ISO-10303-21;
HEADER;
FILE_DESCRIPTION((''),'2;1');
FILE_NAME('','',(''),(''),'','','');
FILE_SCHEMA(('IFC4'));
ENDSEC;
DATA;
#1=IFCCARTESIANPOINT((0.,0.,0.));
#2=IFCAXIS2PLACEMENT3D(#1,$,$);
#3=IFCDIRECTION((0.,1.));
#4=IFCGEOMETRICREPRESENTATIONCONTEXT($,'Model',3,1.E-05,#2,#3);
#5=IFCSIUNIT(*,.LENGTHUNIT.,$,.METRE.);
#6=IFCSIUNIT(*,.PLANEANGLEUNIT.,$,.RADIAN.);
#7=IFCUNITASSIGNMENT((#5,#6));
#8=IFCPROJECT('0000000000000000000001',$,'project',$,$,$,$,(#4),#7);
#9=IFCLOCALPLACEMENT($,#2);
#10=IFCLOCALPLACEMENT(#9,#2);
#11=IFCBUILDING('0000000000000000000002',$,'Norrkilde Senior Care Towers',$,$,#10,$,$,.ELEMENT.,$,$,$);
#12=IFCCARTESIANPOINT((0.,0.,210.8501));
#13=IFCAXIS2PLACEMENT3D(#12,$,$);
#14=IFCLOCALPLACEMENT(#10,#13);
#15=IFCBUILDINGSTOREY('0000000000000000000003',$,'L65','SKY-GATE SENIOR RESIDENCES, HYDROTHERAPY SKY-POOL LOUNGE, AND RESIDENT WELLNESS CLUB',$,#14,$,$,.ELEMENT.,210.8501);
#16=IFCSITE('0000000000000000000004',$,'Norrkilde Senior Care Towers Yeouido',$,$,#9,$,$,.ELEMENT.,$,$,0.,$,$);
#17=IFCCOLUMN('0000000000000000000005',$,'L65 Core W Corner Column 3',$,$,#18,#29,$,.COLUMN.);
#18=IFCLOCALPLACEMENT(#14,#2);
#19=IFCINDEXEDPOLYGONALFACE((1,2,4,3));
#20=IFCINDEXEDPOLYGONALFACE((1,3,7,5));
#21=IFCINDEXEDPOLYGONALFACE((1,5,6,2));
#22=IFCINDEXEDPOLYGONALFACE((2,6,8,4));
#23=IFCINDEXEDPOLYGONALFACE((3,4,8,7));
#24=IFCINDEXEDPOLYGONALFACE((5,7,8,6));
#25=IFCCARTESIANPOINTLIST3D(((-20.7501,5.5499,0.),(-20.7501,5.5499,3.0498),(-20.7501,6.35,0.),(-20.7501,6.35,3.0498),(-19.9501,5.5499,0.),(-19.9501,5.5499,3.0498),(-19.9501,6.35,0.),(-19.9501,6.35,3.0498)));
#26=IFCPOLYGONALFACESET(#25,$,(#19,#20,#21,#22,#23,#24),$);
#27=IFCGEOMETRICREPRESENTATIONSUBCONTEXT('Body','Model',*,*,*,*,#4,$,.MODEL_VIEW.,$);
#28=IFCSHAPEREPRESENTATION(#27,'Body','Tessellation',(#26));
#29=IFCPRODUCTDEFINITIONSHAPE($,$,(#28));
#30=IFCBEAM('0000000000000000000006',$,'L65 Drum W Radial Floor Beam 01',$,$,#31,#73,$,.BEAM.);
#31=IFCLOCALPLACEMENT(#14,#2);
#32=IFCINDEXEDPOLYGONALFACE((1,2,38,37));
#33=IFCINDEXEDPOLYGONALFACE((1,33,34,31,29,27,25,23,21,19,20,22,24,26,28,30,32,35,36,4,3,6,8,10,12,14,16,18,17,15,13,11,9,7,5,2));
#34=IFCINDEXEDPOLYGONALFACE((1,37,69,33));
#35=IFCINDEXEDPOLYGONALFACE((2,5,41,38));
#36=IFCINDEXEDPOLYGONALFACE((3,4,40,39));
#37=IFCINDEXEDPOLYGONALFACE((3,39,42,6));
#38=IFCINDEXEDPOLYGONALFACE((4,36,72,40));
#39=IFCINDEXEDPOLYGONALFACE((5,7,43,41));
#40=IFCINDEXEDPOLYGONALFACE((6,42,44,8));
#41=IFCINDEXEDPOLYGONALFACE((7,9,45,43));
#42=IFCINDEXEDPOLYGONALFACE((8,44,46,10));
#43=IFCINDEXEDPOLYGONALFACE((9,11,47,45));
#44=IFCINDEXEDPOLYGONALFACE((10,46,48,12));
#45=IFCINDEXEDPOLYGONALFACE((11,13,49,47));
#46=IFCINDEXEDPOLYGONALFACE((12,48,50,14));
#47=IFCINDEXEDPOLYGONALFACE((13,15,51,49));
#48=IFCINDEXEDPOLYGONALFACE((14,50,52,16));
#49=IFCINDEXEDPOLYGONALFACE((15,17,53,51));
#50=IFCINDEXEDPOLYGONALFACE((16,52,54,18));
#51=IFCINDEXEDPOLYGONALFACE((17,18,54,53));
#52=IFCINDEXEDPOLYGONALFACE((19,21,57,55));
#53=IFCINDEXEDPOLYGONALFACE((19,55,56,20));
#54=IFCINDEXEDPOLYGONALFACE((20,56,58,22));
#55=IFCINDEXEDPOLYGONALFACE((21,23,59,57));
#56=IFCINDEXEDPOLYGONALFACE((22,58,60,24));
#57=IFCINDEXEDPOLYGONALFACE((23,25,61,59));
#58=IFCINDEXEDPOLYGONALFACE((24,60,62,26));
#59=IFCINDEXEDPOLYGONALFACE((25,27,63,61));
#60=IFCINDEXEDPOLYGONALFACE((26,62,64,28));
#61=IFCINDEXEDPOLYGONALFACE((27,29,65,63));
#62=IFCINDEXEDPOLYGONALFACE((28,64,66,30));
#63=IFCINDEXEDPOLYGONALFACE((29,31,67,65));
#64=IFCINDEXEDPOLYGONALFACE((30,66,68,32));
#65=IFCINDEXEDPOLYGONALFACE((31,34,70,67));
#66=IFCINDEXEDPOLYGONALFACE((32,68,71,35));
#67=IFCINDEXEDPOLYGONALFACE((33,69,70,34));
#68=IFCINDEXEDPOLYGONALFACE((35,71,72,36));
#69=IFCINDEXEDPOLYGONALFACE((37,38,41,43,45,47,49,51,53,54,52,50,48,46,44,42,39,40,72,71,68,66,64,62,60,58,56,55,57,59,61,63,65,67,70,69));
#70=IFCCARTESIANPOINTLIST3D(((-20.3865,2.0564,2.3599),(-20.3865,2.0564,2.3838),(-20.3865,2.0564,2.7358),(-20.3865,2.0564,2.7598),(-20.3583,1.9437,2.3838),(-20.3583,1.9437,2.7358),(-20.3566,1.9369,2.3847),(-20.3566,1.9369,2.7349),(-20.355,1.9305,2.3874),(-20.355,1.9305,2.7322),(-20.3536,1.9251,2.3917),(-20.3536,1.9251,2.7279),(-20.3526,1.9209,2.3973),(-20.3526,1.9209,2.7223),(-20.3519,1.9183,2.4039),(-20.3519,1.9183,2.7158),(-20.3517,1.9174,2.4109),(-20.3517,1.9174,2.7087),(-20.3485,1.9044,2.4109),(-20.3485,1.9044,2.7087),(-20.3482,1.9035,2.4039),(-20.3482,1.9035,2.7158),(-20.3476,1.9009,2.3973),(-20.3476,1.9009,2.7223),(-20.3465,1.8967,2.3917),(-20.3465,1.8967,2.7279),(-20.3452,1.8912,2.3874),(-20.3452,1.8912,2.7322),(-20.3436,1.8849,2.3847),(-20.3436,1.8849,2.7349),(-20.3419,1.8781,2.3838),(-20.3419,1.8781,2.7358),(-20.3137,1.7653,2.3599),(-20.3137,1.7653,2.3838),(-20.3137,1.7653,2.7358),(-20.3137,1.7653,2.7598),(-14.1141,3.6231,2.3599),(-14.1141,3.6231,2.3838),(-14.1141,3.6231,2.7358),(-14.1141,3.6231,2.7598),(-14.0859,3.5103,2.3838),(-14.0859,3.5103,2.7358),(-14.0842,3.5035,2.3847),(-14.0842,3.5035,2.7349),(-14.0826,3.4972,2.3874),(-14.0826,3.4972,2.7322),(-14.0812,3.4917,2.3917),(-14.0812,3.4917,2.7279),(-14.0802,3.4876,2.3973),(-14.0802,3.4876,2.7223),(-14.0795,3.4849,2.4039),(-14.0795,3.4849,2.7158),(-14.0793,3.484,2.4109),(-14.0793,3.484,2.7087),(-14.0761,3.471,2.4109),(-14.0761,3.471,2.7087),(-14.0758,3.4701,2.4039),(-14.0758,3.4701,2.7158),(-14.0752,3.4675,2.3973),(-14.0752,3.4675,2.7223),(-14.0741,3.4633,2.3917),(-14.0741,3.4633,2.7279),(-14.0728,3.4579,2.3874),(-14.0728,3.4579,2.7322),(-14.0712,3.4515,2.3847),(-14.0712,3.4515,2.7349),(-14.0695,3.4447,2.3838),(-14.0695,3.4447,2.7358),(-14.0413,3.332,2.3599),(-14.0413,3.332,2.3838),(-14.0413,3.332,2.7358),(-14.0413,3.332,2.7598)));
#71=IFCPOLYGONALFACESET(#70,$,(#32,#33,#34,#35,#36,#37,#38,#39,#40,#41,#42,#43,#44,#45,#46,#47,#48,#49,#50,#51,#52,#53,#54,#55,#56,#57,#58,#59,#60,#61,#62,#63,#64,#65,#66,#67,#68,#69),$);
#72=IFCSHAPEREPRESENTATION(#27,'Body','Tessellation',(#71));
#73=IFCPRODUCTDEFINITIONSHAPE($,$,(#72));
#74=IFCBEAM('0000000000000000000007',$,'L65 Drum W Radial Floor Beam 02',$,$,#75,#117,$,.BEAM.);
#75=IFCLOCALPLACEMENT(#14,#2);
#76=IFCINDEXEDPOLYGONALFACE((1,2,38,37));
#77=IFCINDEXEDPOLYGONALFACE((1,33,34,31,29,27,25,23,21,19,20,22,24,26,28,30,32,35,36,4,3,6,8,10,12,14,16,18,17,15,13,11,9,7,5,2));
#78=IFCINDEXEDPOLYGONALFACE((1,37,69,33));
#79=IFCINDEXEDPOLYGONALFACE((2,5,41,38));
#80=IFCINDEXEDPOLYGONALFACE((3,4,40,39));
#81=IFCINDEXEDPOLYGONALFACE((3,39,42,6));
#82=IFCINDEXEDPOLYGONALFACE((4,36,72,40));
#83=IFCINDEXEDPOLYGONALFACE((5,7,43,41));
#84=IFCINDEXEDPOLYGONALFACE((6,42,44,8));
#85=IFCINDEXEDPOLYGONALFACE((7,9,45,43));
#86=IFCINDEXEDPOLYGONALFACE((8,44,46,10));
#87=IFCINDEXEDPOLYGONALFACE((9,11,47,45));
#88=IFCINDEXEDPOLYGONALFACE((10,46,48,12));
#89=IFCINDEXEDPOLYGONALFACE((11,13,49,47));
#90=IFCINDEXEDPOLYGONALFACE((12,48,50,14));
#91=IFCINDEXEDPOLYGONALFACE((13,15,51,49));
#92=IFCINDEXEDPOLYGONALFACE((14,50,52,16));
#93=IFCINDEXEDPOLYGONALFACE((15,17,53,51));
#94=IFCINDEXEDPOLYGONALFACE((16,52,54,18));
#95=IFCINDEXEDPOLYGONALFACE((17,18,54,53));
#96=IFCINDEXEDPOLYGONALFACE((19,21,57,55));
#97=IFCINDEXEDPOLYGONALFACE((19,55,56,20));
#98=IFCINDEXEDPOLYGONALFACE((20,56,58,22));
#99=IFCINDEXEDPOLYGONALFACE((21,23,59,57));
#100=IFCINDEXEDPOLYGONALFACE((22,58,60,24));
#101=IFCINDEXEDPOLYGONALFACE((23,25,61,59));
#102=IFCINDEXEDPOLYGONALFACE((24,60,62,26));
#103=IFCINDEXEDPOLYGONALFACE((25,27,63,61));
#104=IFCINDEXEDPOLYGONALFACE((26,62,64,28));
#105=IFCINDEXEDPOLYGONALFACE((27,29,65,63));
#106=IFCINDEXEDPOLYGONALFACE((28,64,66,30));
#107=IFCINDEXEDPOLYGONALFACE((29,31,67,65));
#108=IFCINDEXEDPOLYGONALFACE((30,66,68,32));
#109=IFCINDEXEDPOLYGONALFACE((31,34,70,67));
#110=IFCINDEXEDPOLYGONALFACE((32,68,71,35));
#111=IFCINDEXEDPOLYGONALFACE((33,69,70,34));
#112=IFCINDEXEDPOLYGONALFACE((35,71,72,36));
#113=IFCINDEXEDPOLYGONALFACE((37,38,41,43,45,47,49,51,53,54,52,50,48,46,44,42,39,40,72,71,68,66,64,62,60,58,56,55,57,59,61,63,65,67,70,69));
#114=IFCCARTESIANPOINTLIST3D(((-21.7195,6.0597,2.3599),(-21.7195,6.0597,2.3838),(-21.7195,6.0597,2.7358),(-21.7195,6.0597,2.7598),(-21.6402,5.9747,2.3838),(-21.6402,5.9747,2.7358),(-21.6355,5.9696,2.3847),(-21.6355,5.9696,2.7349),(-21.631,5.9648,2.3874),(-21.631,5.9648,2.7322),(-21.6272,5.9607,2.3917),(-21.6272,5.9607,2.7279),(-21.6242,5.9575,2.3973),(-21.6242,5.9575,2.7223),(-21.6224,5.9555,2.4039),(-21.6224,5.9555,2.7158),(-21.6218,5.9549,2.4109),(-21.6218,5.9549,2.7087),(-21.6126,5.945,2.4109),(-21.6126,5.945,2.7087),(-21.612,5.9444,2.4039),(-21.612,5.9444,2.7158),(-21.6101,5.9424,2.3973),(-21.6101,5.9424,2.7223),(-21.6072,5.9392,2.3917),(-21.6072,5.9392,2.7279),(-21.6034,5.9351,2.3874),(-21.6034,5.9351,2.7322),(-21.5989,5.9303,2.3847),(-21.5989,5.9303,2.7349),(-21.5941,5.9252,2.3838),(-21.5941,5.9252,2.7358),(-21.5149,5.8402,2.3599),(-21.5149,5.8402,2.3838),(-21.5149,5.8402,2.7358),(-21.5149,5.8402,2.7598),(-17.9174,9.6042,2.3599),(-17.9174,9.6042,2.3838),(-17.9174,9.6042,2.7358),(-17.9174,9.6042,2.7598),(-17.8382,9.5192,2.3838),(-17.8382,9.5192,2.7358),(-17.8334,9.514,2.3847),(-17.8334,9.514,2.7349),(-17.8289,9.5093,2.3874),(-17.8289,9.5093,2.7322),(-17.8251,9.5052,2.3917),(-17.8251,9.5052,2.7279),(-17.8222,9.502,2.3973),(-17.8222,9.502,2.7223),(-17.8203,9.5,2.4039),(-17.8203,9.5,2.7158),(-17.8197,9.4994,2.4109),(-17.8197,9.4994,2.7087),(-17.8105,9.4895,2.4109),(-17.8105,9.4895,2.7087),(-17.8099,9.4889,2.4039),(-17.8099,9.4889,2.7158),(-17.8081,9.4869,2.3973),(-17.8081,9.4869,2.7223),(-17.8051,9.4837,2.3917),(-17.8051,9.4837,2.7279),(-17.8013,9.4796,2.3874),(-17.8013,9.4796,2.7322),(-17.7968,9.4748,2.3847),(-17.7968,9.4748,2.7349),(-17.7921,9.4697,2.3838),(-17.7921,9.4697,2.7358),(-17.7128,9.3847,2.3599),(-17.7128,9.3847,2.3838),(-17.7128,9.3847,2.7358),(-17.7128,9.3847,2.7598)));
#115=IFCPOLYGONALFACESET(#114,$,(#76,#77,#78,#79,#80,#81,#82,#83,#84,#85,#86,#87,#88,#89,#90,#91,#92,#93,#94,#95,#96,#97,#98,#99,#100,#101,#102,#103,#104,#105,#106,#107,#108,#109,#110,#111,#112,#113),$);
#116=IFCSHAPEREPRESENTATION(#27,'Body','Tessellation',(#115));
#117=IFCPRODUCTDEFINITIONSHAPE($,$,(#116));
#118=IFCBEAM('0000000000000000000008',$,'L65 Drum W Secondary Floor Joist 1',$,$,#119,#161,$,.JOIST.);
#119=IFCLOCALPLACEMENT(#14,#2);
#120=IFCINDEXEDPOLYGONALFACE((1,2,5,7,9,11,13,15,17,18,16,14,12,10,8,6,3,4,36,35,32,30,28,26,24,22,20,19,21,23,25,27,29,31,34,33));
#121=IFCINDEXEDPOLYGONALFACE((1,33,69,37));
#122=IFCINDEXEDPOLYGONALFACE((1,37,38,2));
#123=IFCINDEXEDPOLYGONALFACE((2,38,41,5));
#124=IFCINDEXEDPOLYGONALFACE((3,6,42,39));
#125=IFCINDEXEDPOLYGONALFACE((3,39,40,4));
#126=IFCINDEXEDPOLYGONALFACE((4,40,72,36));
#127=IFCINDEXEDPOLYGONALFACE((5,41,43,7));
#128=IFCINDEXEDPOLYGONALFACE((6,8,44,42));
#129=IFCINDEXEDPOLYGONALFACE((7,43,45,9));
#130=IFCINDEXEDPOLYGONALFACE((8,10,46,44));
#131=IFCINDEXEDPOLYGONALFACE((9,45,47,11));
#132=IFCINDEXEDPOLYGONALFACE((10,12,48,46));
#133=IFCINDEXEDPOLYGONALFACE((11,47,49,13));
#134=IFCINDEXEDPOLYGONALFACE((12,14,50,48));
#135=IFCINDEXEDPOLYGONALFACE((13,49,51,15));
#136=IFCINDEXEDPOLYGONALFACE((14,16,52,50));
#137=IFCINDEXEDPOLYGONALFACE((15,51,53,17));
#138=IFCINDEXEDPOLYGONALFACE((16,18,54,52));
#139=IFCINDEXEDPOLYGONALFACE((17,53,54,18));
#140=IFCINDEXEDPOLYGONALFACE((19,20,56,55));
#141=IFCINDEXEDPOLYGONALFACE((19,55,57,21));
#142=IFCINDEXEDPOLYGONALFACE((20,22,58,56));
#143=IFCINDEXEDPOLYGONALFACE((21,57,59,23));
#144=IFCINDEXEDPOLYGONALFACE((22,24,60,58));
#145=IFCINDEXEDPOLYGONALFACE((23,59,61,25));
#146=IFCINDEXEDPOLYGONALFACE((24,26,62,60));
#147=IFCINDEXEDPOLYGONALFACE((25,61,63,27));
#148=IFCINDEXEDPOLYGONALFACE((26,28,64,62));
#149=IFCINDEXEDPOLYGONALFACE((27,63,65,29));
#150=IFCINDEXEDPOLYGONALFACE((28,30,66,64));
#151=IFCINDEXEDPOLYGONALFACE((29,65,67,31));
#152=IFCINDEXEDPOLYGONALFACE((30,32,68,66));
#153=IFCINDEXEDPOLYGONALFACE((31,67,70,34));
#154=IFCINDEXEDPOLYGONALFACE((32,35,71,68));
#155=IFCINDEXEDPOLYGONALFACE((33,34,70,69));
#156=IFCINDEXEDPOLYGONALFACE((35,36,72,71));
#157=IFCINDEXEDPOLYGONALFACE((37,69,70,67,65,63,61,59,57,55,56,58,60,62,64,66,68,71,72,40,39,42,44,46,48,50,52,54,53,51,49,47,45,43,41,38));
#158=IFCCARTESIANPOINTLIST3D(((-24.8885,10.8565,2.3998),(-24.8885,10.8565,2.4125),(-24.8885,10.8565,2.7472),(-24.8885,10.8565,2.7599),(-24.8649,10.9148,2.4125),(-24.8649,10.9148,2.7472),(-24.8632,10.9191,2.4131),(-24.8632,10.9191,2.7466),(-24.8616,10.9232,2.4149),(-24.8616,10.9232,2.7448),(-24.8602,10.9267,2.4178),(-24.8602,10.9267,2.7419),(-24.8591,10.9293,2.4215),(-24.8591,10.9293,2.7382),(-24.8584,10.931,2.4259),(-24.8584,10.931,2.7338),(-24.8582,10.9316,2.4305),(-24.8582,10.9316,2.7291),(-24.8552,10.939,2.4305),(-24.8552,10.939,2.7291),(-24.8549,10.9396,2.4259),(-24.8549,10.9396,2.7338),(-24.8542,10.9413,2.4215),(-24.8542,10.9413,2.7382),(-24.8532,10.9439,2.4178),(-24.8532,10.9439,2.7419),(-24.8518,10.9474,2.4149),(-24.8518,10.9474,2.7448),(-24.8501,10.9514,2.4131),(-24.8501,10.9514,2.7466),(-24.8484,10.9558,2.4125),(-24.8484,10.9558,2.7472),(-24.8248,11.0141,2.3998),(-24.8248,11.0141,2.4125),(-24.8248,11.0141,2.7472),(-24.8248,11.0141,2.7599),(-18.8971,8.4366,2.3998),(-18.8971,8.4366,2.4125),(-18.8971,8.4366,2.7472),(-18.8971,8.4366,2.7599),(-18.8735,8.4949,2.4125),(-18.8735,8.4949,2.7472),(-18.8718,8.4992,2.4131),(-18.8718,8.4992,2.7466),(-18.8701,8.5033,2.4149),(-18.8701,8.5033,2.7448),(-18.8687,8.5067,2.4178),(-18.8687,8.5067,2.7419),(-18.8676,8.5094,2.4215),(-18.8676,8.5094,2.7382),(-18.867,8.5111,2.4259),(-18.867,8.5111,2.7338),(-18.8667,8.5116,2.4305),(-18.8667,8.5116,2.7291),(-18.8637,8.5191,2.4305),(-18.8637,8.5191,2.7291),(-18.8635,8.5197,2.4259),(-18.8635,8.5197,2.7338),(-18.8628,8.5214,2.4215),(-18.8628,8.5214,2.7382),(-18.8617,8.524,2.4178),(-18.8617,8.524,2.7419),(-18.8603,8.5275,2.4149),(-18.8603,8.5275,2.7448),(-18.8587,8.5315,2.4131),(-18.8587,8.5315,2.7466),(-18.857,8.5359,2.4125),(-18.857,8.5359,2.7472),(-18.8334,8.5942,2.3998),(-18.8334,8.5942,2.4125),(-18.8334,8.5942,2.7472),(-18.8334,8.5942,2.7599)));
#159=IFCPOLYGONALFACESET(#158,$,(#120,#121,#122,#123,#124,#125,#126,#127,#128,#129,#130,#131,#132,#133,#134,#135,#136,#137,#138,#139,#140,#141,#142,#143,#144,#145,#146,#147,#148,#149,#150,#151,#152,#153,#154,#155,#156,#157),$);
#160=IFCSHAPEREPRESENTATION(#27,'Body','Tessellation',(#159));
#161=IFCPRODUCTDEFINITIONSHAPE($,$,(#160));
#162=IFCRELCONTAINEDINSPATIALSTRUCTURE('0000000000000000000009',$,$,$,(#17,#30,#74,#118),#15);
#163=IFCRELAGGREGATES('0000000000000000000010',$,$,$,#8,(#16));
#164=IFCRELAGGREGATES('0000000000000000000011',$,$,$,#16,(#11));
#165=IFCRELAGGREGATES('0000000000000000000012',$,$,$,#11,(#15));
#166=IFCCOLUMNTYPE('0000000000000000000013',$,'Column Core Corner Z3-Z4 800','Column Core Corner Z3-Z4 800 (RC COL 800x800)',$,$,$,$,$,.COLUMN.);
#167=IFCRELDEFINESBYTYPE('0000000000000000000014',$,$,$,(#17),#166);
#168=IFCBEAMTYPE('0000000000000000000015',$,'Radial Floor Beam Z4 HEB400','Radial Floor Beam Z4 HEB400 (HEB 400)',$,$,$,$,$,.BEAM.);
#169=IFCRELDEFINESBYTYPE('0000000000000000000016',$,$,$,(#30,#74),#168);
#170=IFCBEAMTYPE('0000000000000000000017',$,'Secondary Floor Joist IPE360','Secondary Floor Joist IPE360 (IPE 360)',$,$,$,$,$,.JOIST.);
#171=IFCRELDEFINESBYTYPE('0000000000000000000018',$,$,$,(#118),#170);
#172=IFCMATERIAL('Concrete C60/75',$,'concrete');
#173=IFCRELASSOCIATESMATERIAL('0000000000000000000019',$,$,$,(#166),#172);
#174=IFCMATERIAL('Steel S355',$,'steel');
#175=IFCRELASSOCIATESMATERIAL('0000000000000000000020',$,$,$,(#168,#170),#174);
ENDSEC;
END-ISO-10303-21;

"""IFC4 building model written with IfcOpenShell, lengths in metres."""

from ifc_helpers import new_model, si_unit, direction, frame, origin, origin_2d, place, context, subcontext, project, spatial, rectangle, i_section, extrude, source, transform, mapped, material, material_profile, profile_set, type_object, type_shapes, element, save


model = new_model("IFC4")

# Units and contexts
model_context = context("Model", 3, precision=1e-05, world=origin(), true_north=direction((0.0, 1.0)))
body_context = subcontext(model_context, "Body", "Model", "MODEL_VIEW")
ifc_project = project(units=[si_unit("LENGTHUNIT", "METRE"), si_unit("PLANEANGLEUNIT", "RADIAN")], contexts=[model_context])

# Site, building, storey
site_placement = place(None, origin())
site = spatial("IfcSite", under=ifc_project, at=site_placement, Name="Norrkilde Senior Care Towers Yeouido", CompositionType="ELEMENT", RefElevation=0.0)
building_placement = place(site_placement, origin())
building = spatial("IfcBuilding", under=site, at=building_placement, Name="Norrkilde Senior Care Towers", CompositionType="ELEMENT")
storey_placement = place(building_placement, frame((0.0, 0.0, 210.8501)))
storey = spatial("IfcBuildingStorey", under=building, at=storey_placement, Name="L65", Description="SKY-GATE SENIOR RESIDENCES, HYDROTHERAPY SKY-POOL LOUNGE, AND RESIDENT WELLNESS CLUB", CompositionType="ELEMENT", Elevation=210.8501)

# Column
ifc_material_1 = material(Name="Concrete C60/75", Category="concrete")
ifc_material_profile_1 = material_profile(ifc_material_1, rectangle(XDim=0.8, YDim=0.8, at=origin_2d()), Name="RC COL 800x800")
ifc_profile_set_1 = profile_set([ifc_material_profile_1], Name="Concrete C60/75")
column_type = type_object("IfcColumnType", Name="Column Core Corner Z3-Z4 800", Description="Column Core Corner Z3-Z4 800 (RC COL 800x800)", PredefinedType="COLUMN", material=ifc_profile_set_1)
shared_shape_1 = source(origin(), body_context, "Body", "SweptSolid", [
    extrude(rectangle(XDim=0.8, YDim=0.8, at=origin_2d()), origin(), (0.0, 0.0, 1.0), 3.0498),
])
type_shapes(column_type, [shared_shape_1])
column_placement = place(storey_placement, frame((-20.3501, 5.95, 0.0), z_axis=(0.0, 0.0, 1.0), x_axis=(1.0, 0.0, 0.0)))
element("IfcColumn", 1, at=column_placement, inside=storey, type_object=column_type, Name="L65 Core W Corner Column 3", PredefinedType="COLUMN", context=body_context, shape_type="MappedRepresentation", body=[
    mapped(shared_shape_1, transform((0.0, 0.0, 0.0), x_axis=(1.0, 0.0, 0.0), y_axis=(0.0, 1.0, 0.0), z_axis=(0.0, 0.0, 1.0), scale=1.0)),
])

# Beams
ifc_material_2 = material(Name="Steel S355", Category="steel")
ifc_material_profile_2 = material_profile(ifc_material_2, i_section(OverallWidth=0.3, OverallDepth=0.3999, WebThickness=0.0134, FlangeThickness=0.0239, FilletRadius=0.0271, at=origin_2d()), Name="HEB 400")
ifc_profile_set_2 = profile_set([ifc_material_profile_2], Name="Steel S355")
beam_type_1 = type_object("IfcBeamType", Name="Radial Floor Beam Z4 HEB400", Description="Radial Floor Beam Z4 HEB400 (HEB 400)", PredefinedType="BEAM", material=ifc_profile_set_2)
shared_shape_2 = source(origin(), body_context, "Body", "SweptSolid", [
    extrude(i_section(OverallWidth=0.3, OverallDepth=0.3999, WebThickness=0.0134, FlangeThickness=0.0239, FilletRadius=0.0271, at=origin_2d()), origin(), (0.0, 0.0, 1.0), 6.4651),
])
beam_1_placement = place(storey_placement, frame((-20.3501, 1.9109, 2.5598), z_axis=(0.970196, 0.242322, 0.0), x_axis=(-0.242322, 0.970196, 0.0)))
element("IfcBeam", 2, at=beam_1_placement, inside=storey, type_object=beam_type_1, Name="L65 Drum W Radial Floor Beam 01", PredefinedType="BEAM", context=body_context, shape_type="MappedRepresentation", body=[
    mapped(shared_shape_2, transform((0.0, 0.0, 0.0), x_axis=(1.0, 0.0, 0.0), y_axis=(0.0, 1.0, 0.0), z_axis=(0.0, 0.0, 1.0), scale=1.0)),
])
shared_shape_3 = source(origin(), body_context, "Body", "SweptSolid", [
    extrude(i_section(OverallWidth=0.3, OverallDepth=0.3999, WebThickness=0.0134, FlangeThickness=0.0239, FilletRadius=0.0271, at=origin_2d()), origin(), (0.0, 0.0, 1.0), 5.198),
])
beam_2_placement = place(storey_placement, frame((-21.6172, 5.95, 2.5598), z_axis=(0.731449, 0.681896, 0.0), x_axis=(-0.681896, 0.731449, 0.0)))
element("IfcBeam", 3, at=beam_2_placement, inside=storey, type_object=beam_type_1, Name="L65 Drum W Radial Floor Beam 02", PredefinedType="BEAM", context=body_context, shape_type="MappedRepresentation", body=[
    mapped(shared_shape_3, transform((0.0, 0.0, 0.0), x_axis=(1.0, 0.0, 0.0), y_axis=(0.0, 1.0, 0.0), z_axis=(0.0, 0.0, 1.0), scale=1.0)),
])
ifc_material_profile_3 = material_profile(ifc_material_2, i_section(OverallWidth=0.1699, OverallDepth=0.3601, WebThickness=0.0081, FlangeThickness=0.0127, FilletRadius=0.0181, at=origin_2d()), Name="IPE 360")
ifc_profile_set_3 = profile_set([ifc_material_profile_3], Name="Steel S355")
beam_type_2 = type_object("IfcBeamType", Name="Secondary Floor Joist IPE360", Description="Secondary Floor Joist IPE360 (IPE 360)", PredefinedType="JOIST", material=ifc_profile_set_3)
shared_shape_4 = source(origin(), body_context, "Body", "SweptSolid", [
    extrude(i_section(OverallWidth=0.1699, OverallDepth=0.3601, WebThickness=0.0081, FlangeThickness=0.0127, FilletRadius=0.0181, at=origin_2d()), origin(), (0.0, 0.0, 1.0), 6.4617),
])
type_shapes(beam_type_2, [shared_shape_4])
beam_3_placement = place(storey_placement, frame((-18.8652, 8.5154, 2.5798), z_axis=(-0.927226, 0.374502, 0.0), x_axis=(-0.374502, -0.927226, 0.0)))
element("IfcBeam", 4, at=beam_3_placement, inside=storey, type_object=beam_type_2, Name="L65 Drum W Secondary Floor Joist 1", PredefinedType="JOIST", context=body_context, shape_type="MappedRepresentation", body=[
    mapped(shared_shape_4, transform((0.0, 0.0, 0.0), x_axis=(1.0, 0.0, 0.0), y_axis=(0.0, 1.0, 0.0), z_axis=(0.0, 0.0, 1.0), scale=1.0)),
])

save(model, "model.ifc")
